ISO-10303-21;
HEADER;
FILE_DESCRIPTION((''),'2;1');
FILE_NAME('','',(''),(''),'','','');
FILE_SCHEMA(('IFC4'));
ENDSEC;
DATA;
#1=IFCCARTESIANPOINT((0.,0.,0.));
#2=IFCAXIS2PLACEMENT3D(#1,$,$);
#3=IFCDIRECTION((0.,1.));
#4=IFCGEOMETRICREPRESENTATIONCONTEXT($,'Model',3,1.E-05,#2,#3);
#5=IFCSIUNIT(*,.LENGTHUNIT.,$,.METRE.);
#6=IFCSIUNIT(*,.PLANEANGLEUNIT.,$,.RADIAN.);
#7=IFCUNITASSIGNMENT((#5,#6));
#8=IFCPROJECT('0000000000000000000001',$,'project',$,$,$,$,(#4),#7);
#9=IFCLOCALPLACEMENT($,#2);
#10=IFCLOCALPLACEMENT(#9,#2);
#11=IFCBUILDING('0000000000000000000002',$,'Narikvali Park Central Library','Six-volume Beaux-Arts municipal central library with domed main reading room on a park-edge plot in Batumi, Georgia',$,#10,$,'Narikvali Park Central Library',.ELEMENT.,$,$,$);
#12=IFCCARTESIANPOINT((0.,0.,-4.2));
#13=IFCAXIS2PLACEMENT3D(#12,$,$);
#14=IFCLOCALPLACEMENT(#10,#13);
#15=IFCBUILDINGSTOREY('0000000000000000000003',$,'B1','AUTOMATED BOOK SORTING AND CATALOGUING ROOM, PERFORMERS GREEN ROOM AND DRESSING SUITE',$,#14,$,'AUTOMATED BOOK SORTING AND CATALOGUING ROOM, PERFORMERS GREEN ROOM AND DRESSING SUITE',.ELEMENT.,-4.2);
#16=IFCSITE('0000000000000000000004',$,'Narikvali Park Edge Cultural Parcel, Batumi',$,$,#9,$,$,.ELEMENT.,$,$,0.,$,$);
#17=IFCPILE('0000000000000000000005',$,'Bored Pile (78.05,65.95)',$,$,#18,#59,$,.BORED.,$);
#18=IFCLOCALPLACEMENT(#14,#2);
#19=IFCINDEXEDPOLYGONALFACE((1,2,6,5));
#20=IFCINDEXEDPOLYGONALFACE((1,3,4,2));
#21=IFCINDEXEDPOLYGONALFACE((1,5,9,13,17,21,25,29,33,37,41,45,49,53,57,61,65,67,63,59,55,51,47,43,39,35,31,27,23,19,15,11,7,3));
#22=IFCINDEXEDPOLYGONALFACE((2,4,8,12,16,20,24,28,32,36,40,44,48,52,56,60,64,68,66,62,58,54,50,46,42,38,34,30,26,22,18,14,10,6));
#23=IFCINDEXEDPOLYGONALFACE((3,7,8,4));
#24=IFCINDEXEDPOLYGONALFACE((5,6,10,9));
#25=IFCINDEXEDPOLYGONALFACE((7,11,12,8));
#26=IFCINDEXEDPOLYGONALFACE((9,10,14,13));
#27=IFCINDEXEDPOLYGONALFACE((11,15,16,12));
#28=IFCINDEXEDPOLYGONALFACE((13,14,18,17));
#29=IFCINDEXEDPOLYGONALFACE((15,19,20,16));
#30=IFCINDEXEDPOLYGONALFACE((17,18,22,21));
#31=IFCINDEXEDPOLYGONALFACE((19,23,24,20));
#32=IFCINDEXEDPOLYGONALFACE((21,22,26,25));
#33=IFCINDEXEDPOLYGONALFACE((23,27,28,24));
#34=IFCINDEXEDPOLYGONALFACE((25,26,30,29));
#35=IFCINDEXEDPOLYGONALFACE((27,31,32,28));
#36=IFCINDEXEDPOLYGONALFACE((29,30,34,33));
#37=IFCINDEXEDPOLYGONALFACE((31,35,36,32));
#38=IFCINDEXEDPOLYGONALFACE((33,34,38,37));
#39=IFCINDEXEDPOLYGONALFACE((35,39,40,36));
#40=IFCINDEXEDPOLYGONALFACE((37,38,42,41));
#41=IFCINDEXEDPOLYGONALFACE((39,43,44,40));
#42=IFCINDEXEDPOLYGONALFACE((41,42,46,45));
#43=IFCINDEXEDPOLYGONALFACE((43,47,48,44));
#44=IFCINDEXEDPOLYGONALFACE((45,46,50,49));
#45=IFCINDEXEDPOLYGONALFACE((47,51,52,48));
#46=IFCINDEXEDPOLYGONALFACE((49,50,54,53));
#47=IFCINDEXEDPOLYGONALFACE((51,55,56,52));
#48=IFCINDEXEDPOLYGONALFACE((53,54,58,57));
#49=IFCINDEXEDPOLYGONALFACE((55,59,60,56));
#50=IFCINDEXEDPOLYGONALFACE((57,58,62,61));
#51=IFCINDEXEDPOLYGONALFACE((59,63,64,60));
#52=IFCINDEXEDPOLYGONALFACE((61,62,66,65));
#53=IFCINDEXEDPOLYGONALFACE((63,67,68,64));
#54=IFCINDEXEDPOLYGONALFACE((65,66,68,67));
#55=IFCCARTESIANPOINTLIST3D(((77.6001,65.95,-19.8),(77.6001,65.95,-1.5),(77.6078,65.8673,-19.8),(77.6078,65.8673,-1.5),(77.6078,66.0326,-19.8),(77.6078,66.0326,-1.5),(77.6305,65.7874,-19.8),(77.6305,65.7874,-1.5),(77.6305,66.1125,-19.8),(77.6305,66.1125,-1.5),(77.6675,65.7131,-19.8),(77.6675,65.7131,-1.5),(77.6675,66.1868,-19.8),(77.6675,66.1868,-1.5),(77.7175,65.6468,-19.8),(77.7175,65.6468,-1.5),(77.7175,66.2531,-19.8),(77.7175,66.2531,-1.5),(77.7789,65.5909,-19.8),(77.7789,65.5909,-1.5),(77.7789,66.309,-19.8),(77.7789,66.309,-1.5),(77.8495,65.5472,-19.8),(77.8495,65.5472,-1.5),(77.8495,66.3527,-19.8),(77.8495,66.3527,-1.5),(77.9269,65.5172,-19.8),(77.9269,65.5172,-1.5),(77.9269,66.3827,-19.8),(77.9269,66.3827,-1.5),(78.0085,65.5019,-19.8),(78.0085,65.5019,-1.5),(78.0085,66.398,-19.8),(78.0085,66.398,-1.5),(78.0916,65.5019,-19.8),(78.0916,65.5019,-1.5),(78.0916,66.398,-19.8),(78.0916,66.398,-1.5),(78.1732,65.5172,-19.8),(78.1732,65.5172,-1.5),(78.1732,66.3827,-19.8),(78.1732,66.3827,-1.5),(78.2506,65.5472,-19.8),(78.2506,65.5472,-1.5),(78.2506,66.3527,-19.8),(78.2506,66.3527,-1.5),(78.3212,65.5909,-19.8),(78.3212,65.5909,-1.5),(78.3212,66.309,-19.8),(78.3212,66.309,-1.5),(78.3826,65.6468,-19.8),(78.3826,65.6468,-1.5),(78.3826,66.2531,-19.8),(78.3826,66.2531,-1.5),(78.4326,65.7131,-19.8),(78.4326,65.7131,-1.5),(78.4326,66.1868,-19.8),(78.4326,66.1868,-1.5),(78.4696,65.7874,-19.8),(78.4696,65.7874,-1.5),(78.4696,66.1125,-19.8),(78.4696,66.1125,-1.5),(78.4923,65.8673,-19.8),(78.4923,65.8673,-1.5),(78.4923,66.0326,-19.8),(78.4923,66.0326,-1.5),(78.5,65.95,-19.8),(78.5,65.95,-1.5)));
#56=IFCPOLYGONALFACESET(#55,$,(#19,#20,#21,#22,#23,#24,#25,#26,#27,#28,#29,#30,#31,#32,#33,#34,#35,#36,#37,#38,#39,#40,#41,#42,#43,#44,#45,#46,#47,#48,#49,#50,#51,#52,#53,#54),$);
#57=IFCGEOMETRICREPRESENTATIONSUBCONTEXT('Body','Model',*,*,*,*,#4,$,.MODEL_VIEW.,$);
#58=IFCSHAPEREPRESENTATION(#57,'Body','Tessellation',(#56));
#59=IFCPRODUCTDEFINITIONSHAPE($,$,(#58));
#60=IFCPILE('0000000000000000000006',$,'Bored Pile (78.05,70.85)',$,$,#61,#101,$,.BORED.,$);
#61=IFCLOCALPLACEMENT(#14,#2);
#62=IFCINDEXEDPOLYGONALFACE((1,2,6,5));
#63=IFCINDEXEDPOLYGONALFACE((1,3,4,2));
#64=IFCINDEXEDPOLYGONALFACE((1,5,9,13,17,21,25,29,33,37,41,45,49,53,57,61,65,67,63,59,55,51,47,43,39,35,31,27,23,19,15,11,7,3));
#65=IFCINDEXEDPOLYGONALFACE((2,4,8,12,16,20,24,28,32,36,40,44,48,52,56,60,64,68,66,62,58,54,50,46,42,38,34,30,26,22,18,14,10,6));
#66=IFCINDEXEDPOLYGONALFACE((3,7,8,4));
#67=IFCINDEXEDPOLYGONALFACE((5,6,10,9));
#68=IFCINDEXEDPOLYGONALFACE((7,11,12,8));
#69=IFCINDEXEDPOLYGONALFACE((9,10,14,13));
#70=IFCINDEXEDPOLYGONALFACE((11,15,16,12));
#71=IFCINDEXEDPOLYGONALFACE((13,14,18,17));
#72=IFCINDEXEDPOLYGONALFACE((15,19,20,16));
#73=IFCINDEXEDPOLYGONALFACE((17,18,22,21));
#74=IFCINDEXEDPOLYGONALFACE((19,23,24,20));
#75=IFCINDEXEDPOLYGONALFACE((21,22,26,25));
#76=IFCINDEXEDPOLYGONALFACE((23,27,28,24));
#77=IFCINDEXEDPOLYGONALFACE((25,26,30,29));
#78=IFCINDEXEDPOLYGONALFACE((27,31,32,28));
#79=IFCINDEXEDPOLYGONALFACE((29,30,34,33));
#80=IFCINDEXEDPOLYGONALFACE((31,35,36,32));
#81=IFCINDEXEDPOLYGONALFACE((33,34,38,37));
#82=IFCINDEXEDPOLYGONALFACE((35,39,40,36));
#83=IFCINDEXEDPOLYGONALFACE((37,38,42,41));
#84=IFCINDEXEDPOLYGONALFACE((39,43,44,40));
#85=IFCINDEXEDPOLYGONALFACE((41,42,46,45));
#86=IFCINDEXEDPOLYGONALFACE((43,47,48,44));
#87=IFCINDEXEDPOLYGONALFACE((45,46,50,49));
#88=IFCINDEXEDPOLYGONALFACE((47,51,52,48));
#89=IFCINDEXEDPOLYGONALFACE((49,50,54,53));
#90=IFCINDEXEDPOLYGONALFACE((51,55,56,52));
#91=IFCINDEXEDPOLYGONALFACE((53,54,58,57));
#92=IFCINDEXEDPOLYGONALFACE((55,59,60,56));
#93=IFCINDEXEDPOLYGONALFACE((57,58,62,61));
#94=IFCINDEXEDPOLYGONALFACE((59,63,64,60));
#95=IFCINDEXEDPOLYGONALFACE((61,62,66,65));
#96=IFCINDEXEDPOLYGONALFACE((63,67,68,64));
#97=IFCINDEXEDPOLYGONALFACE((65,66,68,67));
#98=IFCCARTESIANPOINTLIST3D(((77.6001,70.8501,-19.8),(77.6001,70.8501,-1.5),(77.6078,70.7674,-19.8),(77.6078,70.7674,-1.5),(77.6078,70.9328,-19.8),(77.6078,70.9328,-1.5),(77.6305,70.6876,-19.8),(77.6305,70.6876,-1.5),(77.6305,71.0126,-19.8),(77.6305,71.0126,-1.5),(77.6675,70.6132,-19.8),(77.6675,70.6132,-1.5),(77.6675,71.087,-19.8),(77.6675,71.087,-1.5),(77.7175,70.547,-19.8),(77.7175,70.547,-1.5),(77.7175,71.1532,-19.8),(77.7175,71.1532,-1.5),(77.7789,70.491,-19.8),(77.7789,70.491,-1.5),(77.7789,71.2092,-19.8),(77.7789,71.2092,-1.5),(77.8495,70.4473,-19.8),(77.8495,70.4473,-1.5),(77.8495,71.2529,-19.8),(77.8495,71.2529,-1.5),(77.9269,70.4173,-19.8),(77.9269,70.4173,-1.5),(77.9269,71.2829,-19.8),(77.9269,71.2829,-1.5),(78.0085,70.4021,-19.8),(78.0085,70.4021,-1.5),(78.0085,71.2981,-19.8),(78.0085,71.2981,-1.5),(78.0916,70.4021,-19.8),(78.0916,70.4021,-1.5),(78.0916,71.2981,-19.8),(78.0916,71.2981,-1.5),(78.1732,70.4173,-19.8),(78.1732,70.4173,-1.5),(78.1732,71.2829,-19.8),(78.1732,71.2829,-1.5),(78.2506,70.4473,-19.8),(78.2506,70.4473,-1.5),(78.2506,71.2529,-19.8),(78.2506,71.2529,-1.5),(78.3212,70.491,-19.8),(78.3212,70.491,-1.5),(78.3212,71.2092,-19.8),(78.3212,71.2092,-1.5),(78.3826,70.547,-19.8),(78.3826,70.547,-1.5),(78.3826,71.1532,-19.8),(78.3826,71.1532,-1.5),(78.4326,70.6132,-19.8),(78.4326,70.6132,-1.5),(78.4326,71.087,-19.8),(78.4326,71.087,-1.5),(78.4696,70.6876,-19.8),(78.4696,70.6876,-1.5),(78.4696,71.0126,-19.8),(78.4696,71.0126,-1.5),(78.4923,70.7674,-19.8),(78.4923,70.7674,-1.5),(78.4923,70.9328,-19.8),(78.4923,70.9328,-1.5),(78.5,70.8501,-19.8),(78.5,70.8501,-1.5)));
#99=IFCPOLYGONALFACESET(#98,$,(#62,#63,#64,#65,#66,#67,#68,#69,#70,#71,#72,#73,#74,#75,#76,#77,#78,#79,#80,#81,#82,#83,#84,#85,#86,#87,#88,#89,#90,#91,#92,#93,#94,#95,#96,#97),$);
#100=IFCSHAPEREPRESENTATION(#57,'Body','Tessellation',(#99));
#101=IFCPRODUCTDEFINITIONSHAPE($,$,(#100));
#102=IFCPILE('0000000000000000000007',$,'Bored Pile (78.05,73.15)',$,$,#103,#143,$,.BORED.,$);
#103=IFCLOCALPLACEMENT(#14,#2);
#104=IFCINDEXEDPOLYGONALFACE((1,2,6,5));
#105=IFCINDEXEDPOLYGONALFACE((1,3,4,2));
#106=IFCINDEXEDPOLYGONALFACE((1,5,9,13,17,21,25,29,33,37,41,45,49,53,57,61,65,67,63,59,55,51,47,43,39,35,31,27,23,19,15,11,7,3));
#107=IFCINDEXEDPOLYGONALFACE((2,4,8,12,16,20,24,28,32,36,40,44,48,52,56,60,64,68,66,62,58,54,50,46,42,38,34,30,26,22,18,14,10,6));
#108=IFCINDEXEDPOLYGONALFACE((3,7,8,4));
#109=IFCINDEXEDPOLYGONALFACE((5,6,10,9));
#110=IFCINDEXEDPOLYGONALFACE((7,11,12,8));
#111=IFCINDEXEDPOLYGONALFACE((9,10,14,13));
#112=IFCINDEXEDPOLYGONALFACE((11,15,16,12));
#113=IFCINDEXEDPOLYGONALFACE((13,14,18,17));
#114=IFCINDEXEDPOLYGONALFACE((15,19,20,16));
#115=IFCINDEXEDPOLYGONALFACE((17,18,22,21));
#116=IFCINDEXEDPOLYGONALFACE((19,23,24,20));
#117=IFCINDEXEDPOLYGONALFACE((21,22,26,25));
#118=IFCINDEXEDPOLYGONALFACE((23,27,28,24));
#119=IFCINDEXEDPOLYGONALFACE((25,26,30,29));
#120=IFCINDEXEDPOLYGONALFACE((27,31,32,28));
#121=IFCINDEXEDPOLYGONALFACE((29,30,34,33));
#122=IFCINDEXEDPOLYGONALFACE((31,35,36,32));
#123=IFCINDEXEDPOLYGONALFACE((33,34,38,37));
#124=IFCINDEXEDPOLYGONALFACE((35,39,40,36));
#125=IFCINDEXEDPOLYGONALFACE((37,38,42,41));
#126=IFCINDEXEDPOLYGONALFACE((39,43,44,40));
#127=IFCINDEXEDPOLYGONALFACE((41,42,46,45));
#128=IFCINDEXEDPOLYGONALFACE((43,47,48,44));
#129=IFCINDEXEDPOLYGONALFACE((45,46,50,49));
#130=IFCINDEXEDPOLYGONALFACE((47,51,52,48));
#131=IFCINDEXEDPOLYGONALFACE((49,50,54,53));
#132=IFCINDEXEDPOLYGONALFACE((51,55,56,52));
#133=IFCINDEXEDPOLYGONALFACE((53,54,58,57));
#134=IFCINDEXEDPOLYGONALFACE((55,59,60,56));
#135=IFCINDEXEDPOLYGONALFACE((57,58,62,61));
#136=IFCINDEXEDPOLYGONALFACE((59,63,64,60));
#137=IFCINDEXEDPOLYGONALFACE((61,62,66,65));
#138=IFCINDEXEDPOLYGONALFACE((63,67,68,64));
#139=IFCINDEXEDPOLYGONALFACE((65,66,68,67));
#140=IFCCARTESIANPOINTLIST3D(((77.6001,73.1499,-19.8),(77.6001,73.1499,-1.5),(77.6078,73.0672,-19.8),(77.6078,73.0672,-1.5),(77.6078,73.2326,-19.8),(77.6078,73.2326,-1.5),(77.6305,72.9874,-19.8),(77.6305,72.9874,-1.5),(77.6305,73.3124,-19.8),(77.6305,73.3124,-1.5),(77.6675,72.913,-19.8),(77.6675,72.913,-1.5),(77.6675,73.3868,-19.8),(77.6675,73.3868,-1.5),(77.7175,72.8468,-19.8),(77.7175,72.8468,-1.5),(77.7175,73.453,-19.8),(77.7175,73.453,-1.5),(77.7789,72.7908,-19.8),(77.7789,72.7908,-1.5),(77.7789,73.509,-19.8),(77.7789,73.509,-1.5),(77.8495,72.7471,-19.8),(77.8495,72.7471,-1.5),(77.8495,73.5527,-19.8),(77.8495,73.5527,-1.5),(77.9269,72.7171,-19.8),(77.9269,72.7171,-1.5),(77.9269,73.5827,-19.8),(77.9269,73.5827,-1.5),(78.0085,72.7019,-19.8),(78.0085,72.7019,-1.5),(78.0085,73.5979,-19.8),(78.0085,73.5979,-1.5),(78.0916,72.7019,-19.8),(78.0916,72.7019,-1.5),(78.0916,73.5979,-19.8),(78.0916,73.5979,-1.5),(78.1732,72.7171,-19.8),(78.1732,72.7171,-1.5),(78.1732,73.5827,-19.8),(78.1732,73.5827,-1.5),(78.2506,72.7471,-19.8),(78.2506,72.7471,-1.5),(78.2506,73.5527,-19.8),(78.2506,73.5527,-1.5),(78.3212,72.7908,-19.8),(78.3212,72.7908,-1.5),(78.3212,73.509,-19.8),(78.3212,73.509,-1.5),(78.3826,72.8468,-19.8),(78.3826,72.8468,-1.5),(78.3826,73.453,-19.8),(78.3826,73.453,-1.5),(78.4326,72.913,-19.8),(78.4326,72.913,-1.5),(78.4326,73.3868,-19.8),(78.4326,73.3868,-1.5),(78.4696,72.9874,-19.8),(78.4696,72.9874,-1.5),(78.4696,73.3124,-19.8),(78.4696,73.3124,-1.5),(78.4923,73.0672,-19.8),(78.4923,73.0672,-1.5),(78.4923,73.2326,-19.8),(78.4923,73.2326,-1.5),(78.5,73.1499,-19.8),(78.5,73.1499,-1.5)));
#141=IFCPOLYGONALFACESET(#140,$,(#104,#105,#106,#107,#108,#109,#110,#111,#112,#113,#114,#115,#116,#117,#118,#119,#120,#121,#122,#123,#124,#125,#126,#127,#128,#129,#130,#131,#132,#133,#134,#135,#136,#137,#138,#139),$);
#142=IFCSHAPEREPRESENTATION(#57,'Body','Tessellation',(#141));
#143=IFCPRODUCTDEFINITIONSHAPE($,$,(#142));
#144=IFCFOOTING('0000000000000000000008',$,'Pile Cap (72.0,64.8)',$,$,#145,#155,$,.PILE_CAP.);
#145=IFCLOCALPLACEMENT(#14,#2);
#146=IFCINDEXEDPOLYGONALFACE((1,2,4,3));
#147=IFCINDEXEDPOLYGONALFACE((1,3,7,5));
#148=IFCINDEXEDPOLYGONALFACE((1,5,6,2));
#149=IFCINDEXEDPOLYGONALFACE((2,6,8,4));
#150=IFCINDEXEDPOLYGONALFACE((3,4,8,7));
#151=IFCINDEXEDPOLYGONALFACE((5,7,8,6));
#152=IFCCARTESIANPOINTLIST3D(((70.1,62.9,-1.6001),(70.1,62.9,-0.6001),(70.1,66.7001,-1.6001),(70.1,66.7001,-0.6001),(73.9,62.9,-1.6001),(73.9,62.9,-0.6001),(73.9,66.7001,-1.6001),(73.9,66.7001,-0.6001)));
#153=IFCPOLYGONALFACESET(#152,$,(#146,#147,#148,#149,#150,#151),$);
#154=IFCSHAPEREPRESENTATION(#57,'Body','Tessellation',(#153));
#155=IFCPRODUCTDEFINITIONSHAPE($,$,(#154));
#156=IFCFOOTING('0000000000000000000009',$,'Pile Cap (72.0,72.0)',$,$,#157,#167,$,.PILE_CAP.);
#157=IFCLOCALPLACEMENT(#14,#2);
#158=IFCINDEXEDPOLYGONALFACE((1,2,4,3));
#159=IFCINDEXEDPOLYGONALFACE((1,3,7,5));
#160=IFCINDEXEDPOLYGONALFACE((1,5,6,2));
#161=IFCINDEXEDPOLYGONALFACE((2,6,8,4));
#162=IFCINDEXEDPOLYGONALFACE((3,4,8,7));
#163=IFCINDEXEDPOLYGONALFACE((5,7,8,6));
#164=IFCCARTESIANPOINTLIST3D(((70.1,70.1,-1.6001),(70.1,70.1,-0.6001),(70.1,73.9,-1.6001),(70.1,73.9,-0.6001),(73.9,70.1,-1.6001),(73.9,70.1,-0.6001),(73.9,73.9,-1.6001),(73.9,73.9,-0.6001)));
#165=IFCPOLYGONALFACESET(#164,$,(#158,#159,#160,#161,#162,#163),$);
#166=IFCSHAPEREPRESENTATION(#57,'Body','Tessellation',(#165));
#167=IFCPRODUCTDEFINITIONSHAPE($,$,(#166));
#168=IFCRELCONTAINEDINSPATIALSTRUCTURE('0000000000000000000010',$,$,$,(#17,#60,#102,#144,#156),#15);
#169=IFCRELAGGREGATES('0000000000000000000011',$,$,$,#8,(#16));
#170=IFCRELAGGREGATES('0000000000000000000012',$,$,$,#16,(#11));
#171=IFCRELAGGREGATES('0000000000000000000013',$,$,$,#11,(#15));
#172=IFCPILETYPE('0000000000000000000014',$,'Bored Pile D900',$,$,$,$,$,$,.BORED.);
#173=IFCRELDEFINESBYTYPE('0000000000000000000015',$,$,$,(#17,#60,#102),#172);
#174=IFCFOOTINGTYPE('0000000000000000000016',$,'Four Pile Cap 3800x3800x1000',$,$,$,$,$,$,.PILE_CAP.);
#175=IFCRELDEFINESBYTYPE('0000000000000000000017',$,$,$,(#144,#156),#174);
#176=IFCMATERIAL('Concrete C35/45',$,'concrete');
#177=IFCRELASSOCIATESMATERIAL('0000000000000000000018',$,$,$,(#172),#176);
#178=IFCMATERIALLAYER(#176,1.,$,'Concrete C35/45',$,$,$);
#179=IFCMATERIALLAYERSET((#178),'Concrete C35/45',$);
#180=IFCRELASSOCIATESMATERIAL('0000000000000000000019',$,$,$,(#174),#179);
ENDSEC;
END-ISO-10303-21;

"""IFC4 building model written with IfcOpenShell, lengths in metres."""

from ifc_helpers import new_model, si_unit, direction, frame, origin, origin_2d, place, context, subcontext, project, spatial, rectangle, circle, extrude, material, layer, layer_set, material_profile, profile_set, type_object, element, save


model = new_model("IFC4")

# Units and contexts
model_context = context("Model", 3, precision=1e-05, world=origin(), true_north=direction((0.0, 1.0)))
body_context = subcontext(model_context, "Body", "Model", "MODEL_VIEW")
ifc_project = project(units=[si_unit("LENGTHUNIT", "METRE"), si_unit("PLANEANGLEUNIT", "RADIAN")], contexts=[model_context])

# Site, building, storey
site_placement = place(None, origin())
site = spatial("IfcSite", under=ifc_project, at=site_placement, Name="Narikvali Park Edge Cultural Parcel, Batumi", CompositionType="ELEMENT", RefElevation=0.0)
building_placement = place(site_placement, origin())
building = spatial("IfcBuilding", under=site, at=building_placement, Name="Narikvali Park Central Library", Description="Six-volume Beaux-Arts municipal central library with domed main reading room on a park-edge plot in Batumi, Georgia", LongName="Narikvali Park Central Library", CompositionType="ELEMENT")
storey_placement = place(building_placement, frame((0.0, 0.0, -4.2)))
storey = spatial("IfcBuildingStorey", under=building, at=storey_placement, Name="B1", Description="AUTOMATED BOOK SORTING AND CATALOGUING ROOM, PERFORMERS GREEN ROOM AND DRESSING SUITE", LongName="AUTOMATED BOOK SORTING AND CATALOGUING ROOM, PERFORMERS GREEN ROOM AND DRESSING SUITE", CompositionType="ELEMENT", Elevation=-4.2)

# Piles
ifc_material_1 = material(Name="Concrete C35/45", Category="concrete")
ifc_material_profile_1 = material_profile(ifc_material_1, circle(Radius=0.45, at=origin_2d()), Name="PILE D900")
ifc_profile_set_1 = profile_set([ifc_material_profile_1], Name="Concrete C35/45")
pile_type = type_object("IfcPileType", Name="Bored Pile D900", PredefinedType="BORED", material=ifc_profile_set_1)
for number, where, z_axis, x_axis, name in (
    (1, (78.05, 65.95, -1.5), (0.0, 0.0, -1.0), (1.0, 0.0, 0.0), "Bored Pile (78.05,65.95)"),
    (2, (78.05, 70.8501, -1.5), (0.0, 0.0, -1.0), (1.0, 0.0, 0.0), "Bored Pile (78.05,70.85)"),
    (3, (78.05, 73.1499, -1.5), (0.0, 0.0, -1.0), (1.0, 0.0, 0.0), "Bored Pile (78.05,73.15)"),
):
    element("IfcPile", number, at=place(storey_placement, frame(where, z_axis=z_axis, x_axis=x_axis)), inside=storey, type_object=pile_type, Name=name, PredefinedType="BORED", context=body_context, shape_type="SweptSolid", body=[
        extrude(circle(Radius=0.45, at=origin_2d()), origin(), (0.0, 0.0, 1.0), 18.3),
    ])

# Footings
ifc_layer_1 = layer(ifc_material_1, 1.0, Name="Concrete C35/45")
ifc_layer_set_1 = layer_set([ifc_layer_1], Name="Concrete C35/45")
footing_type = type_object("IfcFootingType", Name="Four Pile Cap 3800x3800x1000", PredefinedType="PILE_CAP", material=ifc_layer_set_1)
for number, where, z_axis, x_axis, name in (
    (4, (72.0, 64.8, -1.6001), (0.0, 0.0, 1.0), (1.0, 0.0, 0.0), "Pile Cap (72.0,64.8)"),
    (5, (72.0, 72.0, -1.6001), (0.0, 0.0, 1.0), (1.0, 0.0, 0.0), "Pile Cap (72.0,72.0)"),
):
    element("IfcFooting", number, at=place(storey_placement, frame(where, z_axis=z_axis, x_axis=x_axis)), inside=storey, type_object=footing_type, Name=name, PredefinedType="PILE_CAP", context=body_context, shape_type="SweptSolid", body=[
        extrude(rectangle(XDim=3.8, YDim=3.8, at=origin_2d()), origin(), (0.0, 0.0, 1.0), 1.0),
    ])

save(model, "model.ifc")
